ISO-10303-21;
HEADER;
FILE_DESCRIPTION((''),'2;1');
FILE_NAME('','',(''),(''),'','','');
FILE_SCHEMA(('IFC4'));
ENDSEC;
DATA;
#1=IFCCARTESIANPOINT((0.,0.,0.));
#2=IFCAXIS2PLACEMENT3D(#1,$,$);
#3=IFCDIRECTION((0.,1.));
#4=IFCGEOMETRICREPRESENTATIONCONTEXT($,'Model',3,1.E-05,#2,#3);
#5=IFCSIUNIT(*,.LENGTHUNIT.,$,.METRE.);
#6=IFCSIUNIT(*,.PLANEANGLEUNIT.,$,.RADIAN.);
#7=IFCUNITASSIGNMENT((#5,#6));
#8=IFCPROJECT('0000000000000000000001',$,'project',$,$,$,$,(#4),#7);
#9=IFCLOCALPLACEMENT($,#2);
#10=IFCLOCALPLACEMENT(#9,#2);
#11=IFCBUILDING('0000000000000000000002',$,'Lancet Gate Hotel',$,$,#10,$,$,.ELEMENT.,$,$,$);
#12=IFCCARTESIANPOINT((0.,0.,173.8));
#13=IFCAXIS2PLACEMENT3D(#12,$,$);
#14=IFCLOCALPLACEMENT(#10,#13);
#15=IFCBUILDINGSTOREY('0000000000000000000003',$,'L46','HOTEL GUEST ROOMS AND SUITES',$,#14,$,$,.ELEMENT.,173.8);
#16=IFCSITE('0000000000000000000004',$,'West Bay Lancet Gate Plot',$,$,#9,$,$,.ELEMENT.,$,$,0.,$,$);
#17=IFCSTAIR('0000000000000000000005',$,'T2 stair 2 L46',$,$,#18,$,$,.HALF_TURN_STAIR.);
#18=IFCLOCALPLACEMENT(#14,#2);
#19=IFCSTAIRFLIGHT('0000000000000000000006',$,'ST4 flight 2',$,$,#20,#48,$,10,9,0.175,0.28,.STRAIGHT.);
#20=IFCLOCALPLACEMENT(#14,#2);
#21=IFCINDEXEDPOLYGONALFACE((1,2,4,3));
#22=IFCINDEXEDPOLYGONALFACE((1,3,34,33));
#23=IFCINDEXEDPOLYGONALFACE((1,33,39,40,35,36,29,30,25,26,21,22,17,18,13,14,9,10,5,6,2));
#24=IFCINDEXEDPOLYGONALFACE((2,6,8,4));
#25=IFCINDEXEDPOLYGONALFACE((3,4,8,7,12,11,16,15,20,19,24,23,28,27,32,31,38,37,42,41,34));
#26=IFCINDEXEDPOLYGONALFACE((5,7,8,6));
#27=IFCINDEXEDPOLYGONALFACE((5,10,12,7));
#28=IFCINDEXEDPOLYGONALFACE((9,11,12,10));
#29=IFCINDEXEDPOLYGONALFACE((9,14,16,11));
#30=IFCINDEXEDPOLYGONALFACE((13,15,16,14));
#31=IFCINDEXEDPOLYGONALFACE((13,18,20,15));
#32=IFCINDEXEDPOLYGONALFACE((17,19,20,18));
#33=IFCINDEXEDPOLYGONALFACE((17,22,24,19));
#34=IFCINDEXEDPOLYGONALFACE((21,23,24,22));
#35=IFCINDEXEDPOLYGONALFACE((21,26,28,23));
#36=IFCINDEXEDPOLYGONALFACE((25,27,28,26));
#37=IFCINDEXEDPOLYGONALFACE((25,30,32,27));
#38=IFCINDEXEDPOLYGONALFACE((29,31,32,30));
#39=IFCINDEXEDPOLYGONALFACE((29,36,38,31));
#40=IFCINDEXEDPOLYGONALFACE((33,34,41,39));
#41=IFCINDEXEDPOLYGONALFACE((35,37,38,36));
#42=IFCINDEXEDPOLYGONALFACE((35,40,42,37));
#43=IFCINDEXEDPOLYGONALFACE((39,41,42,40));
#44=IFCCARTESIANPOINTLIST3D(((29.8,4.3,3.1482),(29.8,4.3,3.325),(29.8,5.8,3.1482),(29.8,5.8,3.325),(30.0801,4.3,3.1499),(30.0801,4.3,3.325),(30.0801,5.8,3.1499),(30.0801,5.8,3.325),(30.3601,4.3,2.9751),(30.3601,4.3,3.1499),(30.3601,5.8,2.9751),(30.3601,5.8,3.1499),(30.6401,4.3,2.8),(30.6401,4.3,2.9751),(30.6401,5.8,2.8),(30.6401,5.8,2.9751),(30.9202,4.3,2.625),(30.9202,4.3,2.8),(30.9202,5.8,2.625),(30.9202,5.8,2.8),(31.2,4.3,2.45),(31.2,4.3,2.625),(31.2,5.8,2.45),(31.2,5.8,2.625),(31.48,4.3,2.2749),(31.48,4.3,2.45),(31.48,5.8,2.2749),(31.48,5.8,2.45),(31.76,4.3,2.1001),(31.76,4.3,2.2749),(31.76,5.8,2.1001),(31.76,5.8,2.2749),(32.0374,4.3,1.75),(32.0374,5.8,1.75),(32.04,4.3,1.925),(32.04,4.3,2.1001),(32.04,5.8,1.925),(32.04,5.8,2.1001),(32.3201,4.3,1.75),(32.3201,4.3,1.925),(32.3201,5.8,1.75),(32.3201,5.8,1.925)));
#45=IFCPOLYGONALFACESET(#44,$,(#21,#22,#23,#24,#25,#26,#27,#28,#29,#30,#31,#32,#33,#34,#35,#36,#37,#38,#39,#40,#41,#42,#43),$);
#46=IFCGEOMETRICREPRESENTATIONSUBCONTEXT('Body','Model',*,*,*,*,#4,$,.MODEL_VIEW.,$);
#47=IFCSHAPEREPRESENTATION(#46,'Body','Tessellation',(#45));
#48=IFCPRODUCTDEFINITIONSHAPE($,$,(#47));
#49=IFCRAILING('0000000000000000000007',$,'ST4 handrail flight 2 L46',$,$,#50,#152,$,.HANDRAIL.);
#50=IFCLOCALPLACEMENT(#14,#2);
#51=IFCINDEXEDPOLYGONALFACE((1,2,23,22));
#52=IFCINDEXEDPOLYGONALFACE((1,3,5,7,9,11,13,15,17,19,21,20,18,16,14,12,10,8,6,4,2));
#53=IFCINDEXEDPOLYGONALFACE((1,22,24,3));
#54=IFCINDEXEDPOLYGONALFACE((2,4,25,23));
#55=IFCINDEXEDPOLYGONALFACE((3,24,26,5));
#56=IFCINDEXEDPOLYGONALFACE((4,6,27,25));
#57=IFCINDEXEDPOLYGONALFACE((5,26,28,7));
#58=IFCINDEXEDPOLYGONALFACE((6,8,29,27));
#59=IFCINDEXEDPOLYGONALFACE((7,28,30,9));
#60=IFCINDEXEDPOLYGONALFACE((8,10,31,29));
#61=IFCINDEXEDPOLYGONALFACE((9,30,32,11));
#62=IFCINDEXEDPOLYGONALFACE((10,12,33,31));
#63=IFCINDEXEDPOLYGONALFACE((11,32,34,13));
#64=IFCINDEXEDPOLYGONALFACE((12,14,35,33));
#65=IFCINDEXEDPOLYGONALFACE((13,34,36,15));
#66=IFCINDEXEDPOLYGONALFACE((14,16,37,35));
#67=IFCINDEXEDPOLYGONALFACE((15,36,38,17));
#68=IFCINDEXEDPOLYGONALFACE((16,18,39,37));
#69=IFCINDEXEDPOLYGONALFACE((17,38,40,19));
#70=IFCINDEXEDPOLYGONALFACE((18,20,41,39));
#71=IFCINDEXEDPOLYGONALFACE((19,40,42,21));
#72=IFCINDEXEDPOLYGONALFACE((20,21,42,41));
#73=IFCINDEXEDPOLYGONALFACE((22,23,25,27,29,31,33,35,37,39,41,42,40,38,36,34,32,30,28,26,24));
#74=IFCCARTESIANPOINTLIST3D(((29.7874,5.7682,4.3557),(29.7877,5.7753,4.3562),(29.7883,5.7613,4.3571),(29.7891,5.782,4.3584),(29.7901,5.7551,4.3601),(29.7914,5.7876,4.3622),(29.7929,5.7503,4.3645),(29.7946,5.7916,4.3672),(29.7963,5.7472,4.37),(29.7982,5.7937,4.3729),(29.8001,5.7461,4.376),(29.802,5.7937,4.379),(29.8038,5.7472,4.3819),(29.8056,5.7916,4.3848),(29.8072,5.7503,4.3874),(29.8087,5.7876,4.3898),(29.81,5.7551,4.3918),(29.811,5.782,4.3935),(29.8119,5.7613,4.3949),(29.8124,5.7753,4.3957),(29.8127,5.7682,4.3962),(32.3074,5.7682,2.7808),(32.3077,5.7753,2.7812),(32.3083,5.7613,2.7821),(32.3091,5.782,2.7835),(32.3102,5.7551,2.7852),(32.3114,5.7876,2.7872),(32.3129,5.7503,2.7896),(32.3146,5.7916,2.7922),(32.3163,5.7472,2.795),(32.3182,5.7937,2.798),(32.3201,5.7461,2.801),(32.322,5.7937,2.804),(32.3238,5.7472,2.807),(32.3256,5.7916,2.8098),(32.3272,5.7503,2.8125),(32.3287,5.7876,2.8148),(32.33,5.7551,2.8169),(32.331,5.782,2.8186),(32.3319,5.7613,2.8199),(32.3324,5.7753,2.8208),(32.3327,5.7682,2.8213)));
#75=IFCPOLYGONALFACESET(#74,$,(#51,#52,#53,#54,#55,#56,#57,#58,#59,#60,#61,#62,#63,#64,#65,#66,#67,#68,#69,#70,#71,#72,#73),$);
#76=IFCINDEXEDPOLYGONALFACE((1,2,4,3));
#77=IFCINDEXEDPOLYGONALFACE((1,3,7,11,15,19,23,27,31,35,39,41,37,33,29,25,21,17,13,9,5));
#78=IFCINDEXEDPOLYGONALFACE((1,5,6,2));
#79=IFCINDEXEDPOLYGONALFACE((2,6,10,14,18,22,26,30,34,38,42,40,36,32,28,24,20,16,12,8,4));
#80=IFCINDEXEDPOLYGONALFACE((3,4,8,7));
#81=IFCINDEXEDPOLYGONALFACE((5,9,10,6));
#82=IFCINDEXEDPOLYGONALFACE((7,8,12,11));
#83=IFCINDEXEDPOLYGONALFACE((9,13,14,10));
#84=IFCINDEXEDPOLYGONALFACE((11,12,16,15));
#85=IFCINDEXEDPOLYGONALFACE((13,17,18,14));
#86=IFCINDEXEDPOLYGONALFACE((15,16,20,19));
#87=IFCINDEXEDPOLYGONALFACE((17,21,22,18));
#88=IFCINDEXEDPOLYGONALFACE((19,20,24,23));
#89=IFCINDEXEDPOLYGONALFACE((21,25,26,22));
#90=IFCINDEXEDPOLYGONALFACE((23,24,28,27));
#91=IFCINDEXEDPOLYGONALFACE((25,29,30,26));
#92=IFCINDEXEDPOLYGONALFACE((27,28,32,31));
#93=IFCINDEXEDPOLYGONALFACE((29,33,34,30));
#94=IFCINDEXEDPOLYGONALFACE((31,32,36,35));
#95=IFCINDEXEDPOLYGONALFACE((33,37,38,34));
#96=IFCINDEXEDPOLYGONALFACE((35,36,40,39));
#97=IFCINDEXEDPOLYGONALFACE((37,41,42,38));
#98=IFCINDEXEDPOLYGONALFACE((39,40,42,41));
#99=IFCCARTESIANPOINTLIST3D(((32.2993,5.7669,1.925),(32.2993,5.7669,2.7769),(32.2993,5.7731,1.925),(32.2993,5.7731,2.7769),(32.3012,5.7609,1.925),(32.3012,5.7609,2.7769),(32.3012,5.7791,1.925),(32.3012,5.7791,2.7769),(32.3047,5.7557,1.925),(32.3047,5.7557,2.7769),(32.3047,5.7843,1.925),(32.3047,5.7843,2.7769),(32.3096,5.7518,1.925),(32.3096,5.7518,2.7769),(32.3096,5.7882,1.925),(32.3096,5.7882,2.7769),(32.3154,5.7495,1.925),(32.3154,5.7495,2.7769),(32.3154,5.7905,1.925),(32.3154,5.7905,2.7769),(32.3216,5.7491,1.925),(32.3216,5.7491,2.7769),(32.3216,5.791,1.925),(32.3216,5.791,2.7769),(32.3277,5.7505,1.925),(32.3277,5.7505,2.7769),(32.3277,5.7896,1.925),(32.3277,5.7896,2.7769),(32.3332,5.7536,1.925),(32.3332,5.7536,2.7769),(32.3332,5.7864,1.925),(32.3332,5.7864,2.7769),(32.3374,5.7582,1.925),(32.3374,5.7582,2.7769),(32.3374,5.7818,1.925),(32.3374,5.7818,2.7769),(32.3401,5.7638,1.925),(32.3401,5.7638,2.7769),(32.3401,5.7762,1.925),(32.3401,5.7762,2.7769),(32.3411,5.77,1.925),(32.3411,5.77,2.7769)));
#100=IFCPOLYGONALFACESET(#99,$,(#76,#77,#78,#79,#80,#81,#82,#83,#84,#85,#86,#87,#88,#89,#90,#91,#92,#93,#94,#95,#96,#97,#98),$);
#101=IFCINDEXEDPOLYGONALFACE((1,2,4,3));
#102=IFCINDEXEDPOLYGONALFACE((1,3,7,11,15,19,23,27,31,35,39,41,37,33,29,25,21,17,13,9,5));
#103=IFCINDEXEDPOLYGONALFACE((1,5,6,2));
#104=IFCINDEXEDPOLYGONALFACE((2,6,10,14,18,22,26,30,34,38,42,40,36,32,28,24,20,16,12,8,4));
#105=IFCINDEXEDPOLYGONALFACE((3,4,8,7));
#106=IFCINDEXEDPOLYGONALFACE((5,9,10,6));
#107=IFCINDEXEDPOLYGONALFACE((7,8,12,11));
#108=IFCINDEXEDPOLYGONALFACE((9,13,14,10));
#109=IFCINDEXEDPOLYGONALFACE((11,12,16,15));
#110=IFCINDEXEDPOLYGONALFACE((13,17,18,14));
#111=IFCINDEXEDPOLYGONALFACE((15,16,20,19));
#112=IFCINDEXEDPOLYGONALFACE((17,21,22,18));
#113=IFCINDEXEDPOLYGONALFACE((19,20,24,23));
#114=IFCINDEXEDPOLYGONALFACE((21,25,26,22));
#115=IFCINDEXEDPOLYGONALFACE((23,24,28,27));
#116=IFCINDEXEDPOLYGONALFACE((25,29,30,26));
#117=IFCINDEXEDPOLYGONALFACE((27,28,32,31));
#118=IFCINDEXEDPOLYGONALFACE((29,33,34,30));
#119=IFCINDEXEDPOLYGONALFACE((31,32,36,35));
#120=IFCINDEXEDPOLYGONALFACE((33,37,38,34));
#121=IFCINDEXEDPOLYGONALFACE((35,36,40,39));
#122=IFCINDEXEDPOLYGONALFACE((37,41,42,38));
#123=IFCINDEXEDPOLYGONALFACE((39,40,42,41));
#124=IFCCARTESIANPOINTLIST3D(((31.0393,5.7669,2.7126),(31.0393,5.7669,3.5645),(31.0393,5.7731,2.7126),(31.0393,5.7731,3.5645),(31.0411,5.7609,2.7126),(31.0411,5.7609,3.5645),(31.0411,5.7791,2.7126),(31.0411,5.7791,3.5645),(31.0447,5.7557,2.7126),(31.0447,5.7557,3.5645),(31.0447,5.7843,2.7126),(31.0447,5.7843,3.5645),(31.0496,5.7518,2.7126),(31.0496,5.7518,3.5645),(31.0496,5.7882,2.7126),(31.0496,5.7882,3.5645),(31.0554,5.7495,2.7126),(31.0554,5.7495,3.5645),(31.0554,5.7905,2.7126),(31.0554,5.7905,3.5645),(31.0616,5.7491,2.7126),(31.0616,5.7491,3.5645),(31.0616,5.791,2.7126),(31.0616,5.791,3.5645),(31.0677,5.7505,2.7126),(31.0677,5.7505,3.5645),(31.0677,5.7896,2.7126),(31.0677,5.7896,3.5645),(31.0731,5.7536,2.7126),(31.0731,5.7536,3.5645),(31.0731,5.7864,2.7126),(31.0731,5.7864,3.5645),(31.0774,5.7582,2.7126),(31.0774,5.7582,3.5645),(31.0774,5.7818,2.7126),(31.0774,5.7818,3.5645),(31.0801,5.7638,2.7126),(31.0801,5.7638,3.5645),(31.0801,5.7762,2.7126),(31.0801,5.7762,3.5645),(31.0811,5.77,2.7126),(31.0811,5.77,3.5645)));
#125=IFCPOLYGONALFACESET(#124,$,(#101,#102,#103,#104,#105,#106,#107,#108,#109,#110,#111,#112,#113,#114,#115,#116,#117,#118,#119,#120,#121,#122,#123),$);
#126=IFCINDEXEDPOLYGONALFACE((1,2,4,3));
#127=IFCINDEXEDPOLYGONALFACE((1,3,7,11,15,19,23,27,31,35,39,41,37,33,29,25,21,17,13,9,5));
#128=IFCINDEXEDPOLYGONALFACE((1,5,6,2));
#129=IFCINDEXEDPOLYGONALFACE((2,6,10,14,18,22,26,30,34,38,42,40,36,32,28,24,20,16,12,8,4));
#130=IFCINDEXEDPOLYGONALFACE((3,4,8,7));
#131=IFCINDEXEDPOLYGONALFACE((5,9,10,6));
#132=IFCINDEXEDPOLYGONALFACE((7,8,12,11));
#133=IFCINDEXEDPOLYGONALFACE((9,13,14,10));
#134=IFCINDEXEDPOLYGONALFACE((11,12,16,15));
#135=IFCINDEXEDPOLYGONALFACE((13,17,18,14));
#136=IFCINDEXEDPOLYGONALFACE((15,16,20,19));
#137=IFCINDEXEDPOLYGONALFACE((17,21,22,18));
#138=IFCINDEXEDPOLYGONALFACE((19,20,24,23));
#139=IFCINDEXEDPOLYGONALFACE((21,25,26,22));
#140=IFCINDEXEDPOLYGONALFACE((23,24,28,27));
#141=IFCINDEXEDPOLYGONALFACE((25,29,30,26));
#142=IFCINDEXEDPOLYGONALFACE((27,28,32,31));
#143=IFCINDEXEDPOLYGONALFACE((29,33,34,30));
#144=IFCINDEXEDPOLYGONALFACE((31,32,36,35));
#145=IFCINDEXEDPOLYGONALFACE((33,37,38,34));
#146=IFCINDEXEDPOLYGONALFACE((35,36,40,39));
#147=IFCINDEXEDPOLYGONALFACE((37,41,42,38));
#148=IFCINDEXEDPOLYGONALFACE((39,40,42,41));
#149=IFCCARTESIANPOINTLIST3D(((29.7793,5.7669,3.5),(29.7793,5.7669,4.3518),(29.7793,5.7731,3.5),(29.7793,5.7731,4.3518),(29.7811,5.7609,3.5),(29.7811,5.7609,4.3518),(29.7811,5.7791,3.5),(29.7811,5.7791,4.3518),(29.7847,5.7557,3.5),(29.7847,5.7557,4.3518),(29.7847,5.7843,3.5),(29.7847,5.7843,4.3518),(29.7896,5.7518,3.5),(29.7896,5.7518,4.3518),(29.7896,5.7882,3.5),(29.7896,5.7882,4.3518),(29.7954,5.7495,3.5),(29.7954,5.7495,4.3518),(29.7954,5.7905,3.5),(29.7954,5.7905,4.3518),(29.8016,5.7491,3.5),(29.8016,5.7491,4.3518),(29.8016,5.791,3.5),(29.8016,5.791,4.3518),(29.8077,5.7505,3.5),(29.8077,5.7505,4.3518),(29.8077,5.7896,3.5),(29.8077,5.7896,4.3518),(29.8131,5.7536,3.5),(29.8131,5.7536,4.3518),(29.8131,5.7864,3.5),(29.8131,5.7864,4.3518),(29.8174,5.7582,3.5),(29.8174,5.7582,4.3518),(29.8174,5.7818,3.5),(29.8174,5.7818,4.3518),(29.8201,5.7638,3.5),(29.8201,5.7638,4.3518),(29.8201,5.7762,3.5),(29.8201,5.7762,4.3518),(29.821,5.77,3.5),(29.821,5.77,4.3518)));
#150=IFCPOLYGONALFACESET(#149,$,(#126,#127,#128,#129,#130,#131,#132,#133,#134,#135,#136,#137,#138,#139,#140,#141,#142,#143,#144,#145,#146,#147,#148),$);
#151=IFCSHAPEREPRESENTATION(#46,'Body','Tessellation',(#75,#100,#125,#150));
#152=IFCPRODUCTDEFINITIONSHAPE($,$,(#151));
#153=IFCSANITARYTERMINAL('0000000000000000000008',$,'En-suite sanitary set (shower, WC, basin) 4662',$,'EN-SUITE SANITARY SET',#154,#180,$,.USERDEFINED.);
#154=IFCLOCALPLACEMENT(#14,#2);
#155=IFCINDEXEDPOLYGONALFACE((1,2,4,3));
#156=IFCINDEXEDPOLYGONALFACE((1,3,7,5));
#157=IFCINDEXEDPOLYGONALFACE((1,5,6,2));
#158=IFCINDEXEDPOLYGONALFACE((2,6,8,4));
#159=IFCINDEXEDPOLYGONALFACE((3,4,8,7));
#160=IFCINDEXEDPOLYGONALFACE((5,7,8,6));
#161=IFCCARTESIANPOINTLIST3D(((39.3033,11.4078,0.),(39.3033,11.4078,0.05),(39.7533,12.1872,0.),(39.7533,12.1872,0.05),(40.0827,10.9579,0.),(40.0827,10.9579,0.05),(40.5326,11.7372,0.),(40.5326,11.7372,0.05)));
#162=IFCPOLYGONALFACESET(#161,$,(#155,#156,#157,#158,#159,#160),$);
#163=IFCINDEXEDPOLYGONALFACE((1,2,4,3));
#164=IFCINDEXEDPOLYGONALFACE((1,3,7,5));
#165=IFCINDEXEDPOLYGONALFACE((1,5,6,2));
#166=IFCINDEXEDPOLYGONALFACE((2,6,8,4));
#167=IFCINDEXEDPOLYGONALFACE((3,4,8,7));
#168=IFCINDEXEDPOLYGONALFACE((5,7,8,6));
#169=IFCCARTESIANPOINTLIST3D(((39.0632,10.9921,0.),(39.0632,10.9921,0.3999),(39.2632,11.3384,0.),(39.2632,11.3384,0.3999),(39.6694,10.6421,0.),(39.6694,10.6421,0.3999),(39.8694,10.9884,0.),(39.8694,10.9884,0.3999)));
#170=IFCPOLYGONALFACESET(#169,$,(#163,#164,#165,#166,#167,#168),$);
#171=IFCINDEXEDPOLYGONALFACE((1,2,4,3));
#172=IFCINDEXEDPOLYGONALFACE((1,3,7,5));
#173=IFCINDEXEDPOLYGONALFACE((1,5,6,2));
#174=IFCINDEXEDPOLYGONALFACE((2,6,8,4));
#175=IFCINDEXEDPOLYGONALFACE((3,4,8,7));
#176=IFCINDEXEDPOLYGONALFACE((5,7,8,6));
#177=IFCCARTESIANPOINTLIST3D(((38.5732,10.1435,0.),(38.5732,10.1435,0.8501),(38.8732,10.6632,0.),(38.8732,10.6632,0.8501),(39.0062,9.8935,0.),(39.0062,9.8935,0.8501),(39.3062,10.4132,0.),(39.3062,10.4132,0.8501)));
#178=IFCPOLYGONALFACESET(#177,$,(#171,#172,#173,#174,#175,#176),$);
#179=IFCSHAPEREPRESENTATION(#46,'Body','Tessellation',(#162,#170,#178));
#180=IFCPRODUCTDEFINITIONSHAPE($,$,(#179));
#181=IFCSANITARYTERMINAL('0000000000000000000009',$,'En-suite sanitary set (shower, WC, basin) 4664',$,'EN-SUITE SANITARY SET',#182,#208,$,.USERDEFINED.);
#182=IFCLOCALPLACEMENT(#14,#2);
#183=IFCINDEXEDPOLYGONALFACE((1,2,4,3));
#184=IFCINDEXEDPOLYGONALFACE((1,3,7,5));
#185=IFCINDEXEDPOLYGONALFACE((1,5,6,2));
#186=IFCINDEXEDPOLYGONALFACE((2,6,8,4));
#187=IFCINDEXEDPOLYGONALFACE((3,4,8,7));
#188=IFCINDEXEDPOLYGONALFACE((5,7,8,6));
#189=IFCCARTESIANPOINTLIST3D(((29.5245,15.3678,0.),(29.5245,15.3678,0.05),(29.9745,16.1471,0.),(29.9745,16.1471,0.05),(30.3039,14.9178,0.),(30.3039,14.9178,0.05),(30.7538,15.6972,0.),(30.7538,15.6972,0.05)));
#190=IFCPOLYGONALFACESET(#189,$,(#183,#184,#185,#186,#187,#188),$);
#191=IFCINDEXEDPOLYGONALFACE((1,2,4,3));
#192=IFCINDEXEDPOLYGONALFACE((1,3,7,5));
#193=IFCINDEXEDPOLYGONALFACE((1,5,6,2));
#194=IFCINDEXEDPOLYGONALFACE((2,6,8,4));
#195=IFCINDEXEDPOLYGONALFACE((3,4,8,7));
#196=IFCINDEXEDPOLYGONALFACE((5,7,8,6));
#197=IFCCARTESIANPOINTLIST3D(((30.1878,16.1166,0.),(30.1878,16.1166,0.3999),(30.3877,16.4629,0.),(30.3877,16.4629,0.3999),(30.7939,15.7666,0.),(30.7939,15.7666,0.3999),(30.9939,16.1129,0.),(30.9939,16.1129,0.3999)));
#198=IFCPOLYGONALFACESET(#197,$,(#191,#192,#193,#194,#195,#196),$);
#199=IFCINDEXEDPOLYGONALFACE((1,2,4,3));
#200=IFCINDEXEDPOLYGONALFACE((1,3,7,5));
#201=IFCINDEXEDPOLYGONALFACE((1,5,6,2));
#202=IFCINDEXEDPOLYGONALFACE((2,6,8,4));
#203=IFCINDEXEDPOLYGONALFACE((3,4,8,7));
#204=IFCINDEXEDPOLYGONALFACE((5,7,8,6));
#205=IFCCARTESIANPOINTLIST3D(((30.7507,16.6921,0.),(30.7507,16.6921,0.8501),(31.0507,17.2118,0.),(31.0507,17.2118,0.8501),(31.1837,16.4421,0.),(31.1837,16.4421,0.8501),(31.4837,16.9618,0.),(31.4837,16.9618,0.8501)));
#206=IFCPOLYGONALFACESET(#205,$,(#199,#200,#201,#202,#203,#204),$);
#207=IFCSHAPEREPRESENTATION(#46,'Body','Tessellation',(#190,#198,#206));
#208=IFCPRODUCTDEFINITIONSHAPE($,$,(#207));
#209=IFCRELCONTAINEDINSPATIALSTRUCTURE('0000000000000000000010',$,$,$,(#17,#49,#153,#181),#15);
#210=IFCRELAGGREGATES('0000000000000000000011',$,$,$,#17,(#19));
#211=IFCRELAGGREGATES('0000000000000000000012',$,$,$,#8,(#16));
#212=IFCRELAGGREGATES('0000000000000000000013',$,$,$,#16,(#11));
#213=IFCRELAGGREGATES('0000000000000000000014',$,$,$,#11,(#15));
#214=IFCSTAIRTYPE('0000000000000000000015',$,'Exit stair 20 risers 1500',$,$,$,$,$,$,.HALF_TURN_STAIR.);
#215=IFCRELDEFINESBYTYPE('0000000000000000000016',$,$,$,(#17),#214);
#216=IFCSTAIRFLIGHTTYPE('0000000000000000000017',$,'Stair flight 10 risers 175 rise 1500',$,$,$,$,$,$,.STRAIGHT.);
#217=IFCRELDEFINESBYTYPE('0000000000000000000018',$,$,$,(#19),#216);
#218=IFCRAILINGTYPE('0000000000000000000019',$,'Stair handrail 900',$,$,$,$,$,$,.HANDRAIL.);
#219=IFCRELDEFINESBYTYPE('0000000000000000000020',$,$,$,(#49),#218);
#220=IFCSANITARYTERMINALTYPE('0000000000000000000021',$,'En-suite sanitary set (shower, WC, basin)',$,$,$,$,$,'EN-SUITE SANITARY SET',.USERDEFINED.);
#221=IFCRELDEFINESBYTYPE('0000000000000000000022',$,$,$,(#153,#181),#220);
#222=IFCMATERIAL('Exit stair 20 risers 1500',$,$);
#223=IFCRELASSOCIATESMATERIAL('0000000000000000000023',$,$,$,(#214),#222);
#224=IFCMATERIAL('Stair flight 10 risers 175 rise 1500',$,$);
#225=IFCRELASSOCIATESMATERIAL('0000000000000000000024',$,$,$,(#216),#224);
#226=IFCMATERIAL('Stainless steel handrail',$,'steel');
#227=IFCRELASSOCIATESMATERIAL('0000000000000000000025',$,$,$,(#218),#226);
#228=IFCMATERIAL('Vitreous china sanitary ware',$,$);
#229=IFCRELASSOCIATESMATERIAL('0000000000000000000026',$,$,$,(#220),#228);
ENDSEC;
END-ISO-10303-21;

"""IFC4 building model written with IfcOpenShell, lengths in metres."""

from ifc_helpers import new_model, si_unit, direction, frame, origin, origin_2d, place, context, subcontext, project, spatial, polyline, rectangle, circle, outline, extrude, material, type_object, element, aggregate, save


model = new_model("IFC4")

# Units and contexts
model_context = context("Model", 3, precision=1e-05, world=origin(), true_north=direction((0.0, 1.0)))
body_context = subcontext(model_context, "Body", "Model", "MODEL_VIEW")
ifc_project = project(units=[si_unit("LENGTHUNIT", "METRE"), si_unit("PLANEANGLEUNIT", "RADIAN")], contexts=[model_context])

# Site, building, storey
site_placement = place(None, origin())
site = spatial("IfcSite", under=ifc_project, at=site_placement, Name="West Bay Lancet Gate Plot", CompositionType="ELEMENT", RefElevation=0.0)
building_placement = place(site_placement, origin())
building = spatial("IfcBuilding", under=site, at=building_placement, Name="Lancet Gate Hotel", CompositionType="ELEMENT")
storey_placement = place(building_placement, frame((0.0, 0.0, 173.8)))
storey = spatial("IfcBuildingStorey", under=building, at=storey_placement, Name="L46", Description="HOTEL GUEST ROOMS AND SUITES", CompositionType="ELEMENT", Elevation=173.8)

# Stair, stair flight
ifc_material_1 = material(Name="Exit stair 20 risers 1500")
stair_type = type_object("IfcStairType", Name="Exit stair 20 risers 1500", PredefinedType="HALF_TURN_STAIR", material=ifc_material_1)
stair_placement = place(storey_placement, origin())
stair = element("IfcStair", 1, at=stair_placement, inside=storey, type_object=stair_type, Name="T2 stair 2 L46", PredefinedType="HALF_TURN_STAIR")
ifc_material_2 = material(Name="Stair flight 10 risers 175 rise 1500")
stair_flight_type = type_object("IfcStairFlightType", Name="Stair flight 10 risers 175 rise 1500", PredefinedType="STRAIGHT", material=ifc_material_2)
stair_flight_1_placement = place(storey_placement, frame((32.3201, 5.05, 1.75), z_axis=(0.0, 0.0, 1.0), x_axis=(-1.0, 0.0, 0.0)))
stair_flight_1 = element("IfcStairFlight", 2, at=stair_flight_1_placement, type_object=stair_flight_type, Name="ST4 flight 2", NumberOfRisers=10, NumberOfTreads=9, PredefinedType="STRAIGHT", RiserHeight=0.175, TreadLength=0.28, context=body_context, shape_type="SweptSolid", body=[
    extrude(outline(polyline([(0.0, 0.0), (0.0, 0.175), (0.28, 0.175), (0.28, 0.3501), (0.5601, 0.3501), (0.5601, 0.5249), (0.8401, 0.5249), (0.8401, 0.7), (1.1201, 0.7), (1.1201, 0.875), (1.3999, 0.875), (1.3999, 1.05), (1.6799, 1.05), (1.6799, 1.2251), (1.96, 1.2251), (1.96, 1.3999), (2.24, 1.3999), (2.24, 1.575), (2.52, 1.575), (2.52, 1.75), (2.52, 1.3982), (0.2827, 0.0), (0.0, 0.0)])), frame((0.0, 0.75, 0.0), z_axis=(0.0, -1.0, 0.0), x_axis=(1.0, 0.0, 0.0)), (0.0, 0.0, 1.0), 1.5),
])
aggregate(stair, [stair_flight_1])

# Railing
ifc_material_3 = material(Name="Stainless steel handrail", Category="steel")
railing_type = type_object("IfcRailingType", Name="Stair handrail 900", PredefinedType="HANDRAIL", material=ifc_material_3)
railing_placement = place(storey_placement, frame((32.3201, 5.77, 1.925)))
element("IfcRailing", 3, at=railing_placement, inside=storey, type_object=railing_type, Name="ST4 handrail flight 2 L46", PredefinedType="HANDRAIL", context=body_context, shape_type="SweptSolid", body=[
    extrude(circle(Radius=0.0239, at=origin_2d()), frame((0.0, 0.0, 0.876), z_axis=(-0.848008, 0.0, 0.529984), x_axis=(0.0, -1.0, 0.0)), (0.0, 0.0, 1.0), 2.9717),
    extrude(circle(Radius=0.021, at=origin_2d()), origin(), (0.0, 0.0, 1.0), 0.8518),
    extrude(circle(Radius=0.021, at=origin_2d()), frame((-1.26, 0.0, 0.7876)), (0.0, 0.0, 1.0), 0.8518),
    extrude(circle(Radius=0.021, at=origin_2d()), frame((-2.52, 0.0, 1.575)), (0.0, 0.0, 1.0), 0.8518),
])

# Sanitary terminals
ifc_material_4 = material(Name="Vitreous china sanitary ware")
sanitary_terminal_type = type_object("IfcSanitaryTerminalType", Name="En-suite sanitary set (shower, WC, basin)", ElementType="EN-SUITE SANITARY SET", PredefinedType="USERDEFINED", material=ifc_material_4)
sanitary_terminal_1_placement = place(storey_placement, frame((39.918, 11.5725, 0.0), z_axis=(0.0, 0.0, 1.0), x_axis=(1.0, 0.0, 0.0)))
element("IfcSanitaryTerminal", 4, at=sanitary_terminal_1_placement, inside=storey, type_object=sanitary_terminal_type, Name="En-suite sanitary set (shower, WC, basin) 4662", ObjectType="EN-SUITE SANITARY SET", PredefinedType="USERDEFINED", context=body_context, shape_type="SweptSolid", body=[
    extrude(rectangle(XDim=0.8999, YDim=0.8999, at=origin_2d()), frame((0.0, 0.0, 0.0), z_axis=(0.0, 0.0, 1.0), x_axis=(0.5, 0.866025, 0.0)), (0.0, 0.0, 1.0), 0.05),
    extrude(rectangle(XDim=0.3999, YDim=0.7, at=origin_2d()), frame((-0.4517, -0.5823, 0.0), z_axis=(0.0, 0.0, 1.0), x_axis=(0.5, 0.866025, 0.0)), (0.0, 0.0, 1.0), 0.3999),
    extrude(rectangle(XDim=0.6001, YDim=0.5, at=origin_2d()), frame((-0.9783, -1.2942, 0.0), z_axis=(0.0, 0.0, 1.0), x_axis=(0.5, 0.866025, 0.0)), (0.0, 0.0, 1.0), 0.8501),
])
sanitary_terminal_2_placement = place(storey_placement, frame((30.1392, 15.5325, 0.0), z_axis=(0.0, 0.0, 1.0), x_axis=(1.0, 0.0, 0.0)))
element("IfcSanitaryTerminal", 5, at=sanitary_terminal_2_placement, inside=storey, type_object=sanitary_terminal_type, Name="En-suite sanitary set (shower, WC, basin) 4664", ObjectType="EN-SUITE SANITARY SET", PredefinedType="USERDEFINED", context=body_context, shape_type="SweptSolid", body=[
    extrude(rectangle(XDim=0.8999, YDim=0.8999, at=origin_2d()), frame((0.0, 0.0, 0.0), z_axis=(0.0, 0.0, 1.0), x_axis=(-0.5, -0.866025, 0.0)), (0.0, 0.0, 1.0), 0.05),
    extrude(rectangle(XDim=0.3999, YDim=0.7, at=origin_2d()), frame((0.4517, 0.5823, 0.0), z_axis=(0.0, 0.0, 1.0), x_axis=(-0.5, -0.866025, 0.0)), (0.0, 0.0, 1.0), 0.3999),
    extrude(rectangle(XDim=0.6001, YDim=0.5, at=origin_2d()), frame((0.978, 1.2944, 0.0), z_axis=(0.0, 0.0, 1.0), x_axis=(-0.5, -0.866025, 0.0)), (0.0, 0.0, 1.0), 0.8501),
])

save(model, "model.ifc")
